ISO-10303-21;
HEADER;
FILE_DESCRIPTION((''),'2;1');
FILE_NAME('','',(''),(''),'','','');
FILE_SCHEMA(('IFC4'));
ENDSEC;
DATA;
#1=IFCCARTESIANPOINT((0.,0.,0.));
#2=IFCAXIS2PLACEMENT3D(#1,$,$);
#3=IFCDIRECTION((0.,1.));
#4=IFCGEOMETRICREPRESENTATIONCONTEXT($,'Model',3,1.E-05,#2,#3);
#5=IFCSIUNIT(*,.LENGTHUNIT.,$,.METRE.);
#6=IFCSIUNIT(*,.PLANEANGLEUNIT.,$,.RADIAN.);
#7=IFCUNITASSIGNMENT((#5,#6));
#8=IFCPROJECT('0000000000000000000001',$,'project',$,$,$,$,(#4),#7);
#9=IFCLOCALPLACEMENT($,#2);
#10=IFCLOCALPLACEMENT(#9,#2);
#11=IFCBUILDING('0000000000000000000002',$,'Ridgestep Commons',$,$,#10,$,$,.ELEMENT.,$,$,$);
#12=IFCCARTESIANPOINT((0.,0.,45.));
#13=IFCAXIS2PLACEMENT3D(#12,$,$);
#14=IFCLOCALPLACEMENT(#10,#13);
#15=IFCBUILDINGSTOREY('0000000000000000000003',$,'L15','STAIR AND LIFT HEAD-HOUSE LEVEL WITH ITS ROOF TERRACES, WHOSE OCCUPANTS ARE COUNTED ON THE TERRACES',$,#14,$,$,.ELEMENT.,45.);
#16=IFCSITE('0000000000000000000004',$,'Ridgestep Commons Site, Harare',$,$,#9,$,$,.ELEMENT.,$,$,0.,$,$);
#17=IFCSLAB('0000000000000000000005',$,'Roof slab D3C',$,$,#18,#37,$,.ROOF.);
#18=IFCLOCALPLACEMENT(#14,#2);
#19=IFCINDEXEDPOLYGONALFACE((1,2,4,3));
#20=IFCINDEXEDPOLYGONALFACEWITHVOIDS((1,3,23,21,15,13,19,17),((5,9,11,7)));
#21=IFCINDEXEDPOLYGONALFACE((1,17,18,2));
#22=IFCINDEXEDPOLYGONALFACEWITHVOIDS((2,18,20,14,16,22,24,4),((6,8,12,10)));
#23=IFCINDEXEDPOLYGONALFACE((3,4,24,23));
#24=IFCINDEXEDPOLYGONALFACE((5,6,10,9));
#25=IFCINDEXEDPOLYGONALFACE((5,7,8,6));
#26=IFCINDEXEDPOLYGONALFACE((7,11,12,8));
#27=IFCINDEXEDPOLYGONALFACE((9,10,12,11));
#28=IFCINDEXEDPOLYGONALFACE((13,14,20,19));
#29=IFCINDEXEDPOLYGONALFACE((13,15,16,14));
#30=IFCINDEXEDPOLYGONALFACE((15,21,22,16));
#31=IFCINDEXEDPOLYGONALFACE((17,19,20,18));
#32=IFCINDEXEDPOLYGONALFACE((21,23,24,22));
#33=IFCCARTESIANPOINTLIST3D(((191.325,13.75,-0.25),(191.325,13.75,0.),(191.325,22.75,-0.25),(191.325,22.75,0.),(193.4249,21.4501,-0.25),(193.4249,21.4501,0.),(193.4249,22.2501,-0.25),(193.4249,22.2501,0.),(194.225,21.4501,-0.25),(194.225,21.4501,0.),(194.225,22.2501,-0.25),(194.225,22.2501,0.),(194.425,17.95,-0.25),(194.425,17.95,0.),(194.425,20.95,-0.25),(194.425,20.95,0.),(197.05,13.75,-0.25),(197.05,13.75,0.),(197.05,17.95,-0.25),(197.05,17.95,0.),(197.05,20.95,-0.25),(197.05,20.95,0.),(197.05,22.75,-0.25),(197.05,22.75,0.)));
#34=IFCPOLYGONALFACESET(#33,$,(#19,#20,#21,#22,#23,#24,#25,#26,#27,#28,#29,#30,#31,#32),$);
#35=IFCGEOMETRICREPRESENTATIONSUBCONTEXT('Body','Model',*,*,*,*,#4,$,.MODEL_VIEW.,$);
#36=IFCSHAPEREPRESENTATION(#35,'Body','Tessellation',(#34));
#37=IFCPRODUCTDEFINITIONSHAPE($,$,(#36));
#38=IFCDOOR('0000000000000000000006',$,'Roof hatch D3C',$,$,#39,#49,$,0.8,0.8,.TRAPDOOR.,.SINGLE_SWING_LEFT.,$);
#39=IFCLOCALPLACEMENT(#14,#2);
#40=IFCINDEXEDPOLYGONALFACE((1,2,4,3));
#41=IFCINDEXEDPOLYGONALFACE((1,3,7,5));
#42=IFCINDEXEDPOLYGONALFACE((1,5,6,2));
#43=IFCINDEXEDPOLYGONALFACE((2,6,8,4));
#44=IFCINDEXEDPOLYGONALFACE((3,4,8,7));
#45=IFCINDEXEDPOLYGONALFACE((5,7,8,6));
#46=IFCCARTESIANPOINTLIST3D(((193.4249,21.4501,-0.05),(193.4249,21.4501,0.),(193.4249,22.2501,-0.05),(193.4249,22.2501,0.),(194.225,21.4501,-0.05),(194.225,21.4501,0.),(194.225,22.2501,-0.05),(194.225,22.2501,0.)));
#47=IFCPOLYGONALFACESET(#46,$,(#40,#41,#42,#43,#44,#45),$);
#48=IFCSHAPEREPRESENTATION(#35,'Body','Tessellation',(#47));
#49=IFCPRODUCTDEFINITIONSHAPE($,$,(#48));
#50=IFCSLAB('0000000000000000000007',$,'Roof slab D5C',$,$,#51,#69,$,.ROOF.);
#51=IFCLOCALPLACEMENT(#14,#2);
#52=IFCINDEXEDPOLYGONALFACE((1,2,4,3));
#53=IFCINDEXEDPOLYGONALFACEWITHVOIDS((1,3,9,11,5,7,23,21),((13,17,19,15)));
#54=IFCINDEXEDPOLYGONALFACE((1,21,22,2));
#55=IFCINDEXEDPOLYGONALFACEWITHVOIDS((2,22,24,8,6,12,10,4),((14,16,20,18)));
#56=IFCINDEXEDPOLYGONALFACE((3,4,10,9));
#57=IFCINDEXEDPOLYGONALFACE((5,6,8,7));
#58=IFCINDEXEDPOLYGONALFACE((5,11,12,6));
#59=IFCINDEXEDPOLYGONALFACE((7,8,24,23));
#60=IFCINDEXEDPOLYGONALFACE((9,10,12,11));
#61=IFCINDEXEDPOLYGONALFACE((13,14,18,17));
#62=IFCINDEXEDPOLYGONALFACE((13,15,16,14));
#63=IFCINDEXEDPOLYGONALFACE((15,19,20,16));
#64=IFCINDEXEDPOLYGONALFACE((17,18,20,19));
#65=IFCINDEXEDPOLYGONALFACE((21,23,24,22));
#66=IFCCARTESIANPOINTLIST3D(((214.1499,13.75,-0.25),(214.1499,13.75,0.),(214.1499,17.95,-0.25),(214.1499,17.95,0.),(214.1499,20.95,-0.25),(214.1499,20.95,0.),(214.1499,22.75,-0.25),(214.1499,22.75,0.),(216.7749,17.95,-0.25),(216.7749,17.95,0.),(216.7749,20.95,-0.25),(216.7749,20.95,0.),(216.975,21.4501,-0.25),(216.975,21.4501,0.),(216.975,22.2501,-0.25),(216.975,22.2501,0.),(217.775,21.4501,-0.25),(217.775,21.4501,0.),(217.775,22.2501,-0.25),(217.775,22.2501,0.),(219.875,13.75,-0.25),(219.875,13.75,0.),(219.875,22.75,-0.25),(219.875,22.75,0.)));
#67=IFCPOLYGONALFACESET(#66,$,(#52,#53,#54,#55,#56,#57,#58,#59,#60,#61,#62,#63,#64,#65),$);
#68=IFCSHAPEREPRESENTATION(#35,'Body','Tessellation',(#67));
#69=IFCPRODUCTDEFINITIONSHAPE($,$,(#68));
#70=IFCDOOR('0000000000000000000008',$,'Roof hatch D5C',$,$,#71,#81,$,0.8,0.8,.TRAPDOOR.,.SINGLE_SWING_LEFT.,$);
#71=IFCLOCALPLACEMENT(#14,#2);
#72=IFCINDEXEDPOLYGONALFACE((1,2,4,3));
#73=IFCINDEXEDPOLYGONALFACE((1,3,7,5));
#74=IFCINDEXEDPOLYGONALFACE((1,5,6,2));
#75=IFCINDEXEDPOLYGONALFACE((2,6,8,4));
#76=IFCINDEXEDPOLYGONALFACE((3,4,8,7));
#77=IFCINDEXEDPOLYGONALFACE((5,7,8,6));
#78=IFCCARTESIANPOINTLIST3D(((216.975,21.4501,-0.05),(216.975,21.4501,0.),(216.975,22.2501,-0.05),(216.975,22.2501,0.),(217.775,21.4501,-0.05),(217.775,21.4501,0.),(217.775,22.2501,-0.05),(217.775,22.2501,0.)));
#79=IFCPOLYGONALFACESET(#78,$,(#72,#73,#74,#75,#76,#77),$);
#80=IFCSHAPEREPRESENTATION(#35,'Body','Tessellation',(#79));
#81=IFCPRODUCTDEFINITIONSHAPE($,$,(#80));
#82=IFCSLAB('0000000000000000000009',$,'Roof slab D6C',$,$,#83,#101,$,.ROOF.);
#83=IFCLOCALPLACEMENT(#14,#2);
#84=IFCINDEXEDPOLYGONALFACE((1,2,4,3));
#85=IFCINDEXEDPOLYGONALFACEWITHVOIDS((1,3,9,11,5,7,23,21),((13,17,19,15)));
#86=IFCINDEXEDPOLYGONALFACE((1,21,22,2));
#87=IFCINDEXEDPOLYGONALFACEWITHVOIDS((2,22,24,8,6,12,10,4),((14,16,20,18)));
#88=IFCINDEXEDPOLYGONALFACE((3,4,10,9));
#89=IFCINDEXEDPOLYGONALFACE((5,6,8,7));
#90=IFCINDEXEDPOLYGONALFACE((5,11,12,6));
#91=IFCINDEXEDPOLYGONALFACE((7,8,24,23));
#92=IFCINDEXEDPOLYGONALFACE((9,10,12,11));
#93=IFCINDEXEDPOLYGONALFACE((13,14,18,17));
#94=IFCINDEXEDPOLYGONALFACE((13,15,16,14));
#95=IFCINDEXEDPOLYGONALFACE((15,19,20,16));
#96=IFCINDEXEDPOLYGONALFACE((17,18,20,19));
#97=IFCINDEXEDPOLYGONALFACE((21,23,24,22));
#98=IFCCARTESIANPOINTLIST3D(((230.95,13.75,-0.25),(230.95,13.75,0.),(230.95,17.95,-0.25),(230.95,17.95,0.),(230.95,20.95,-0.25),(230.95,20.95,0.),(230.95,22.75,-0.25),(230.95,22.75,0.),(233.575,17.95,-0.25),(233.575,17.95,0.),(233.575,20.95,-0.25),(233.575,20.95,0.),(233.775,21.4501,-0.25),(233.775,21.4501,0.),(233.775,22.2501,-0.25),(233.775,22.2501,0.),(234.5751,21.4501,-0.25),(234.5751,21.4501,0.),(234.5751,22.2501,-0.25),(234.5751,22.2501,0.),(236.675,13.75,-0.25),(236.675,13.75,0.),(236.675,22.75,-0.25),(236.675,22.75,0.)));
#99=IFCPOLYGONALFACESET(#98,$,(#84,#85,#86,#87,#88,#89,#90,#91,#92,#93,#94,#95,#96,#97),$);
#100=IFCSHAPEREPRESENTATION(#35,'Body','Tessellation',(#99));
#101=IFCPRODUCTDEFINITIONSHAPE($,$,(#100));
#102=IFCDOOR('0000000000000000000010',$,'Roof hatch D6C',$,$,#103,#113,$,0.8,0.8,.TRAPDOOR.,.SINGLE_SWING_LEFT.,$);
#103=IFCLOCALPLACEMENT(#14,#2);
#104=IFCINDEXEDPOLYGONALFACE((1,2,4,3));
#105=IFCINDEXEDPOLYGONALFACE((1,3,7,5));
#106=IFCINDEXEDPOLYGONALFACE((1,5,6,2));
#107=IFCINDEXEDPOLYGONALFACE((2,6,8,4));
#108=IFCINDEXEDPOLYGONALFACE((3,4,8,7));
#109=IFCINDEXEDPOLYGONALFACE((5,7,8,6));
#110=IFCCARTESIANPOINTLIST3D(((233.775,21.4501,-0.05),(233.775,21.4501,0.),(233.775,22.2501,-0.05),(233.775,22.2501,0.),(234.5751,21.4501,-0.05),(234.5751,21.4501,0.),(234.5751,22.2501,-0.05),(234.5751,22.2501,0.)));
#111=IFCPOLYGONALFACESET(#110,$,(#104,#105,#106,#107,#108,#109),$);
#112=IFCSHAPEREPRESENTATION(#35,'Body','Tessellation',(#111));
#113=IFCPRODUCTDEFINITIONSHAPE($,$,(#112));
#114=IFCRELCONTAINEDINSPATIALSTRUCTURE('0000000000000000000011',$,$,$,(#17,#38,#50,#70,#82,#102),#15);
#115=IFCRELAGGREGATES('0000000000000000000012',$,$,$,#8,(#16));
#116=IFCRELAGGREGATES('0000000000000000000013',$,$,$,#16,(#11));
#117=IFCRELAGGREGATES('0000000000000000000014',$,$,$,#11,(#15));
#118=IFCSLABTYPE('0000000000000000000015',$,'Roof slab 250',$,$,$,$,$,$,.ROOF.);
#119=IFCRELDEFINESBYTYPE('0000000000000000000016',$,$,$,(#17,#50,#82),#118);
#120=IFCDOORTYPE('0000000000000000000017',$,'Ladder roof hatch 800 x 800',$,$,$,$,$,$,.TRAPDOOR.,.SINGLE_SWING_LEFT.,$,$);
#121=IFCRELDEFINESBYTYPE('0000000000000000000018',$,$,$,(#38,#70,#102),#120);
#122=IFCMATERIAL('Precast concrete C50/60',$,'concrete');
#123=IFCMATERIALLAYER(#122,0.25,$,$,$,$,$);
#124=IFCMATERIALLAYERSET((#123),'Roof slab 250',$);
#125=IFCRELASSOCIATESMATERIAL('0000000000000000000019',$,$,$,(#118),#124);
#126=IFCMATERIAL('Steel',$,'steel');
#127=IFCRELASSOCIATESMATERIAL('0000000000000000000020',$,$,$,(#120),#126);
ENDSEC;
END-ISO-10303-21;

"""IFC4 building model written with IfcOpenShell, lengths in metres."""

from ifc_helpers import new_model, si_unit, direction, frame, origin, origin_2d, place, context, subcontext, project, spatial, polyline, rectangle, outline, extrude, material, layer, layer_set, type_object, element, fill, save


model = new_model("IFC4")

# Units and contexts
model_context = context("Model", 3, precision=1e-05, world=origin(), true_north=direction((0.0, 1.0)))
body_context = subcontext(model_context, "Body", "Model", "MODEL_VIEW")
ifc_project = project(units=[si_unit("LENGTHUNIT", "METRE"), si_unit("PLANEANGLEUNIT", "RADIAN")], contexts=[model_context])

# Site, building, storey
site_placement = place(None, origin())
site = spatial("IfcSite", under=ifc_project, at=site_placement, Name="Ridgestep Commons Site, Harare", CompositionType="ELEMENT", RefElevation=0.0)
building_placement = place(site_placement, origin())
building = spatial("IfcBuilding", under=site, at=building_placement, Name="Ridgestep Commons", CompositionType="ELEMENT")
storey_placement = place(building_placement, frame((0.0, 0.0, 45.0)))
storey = spatial("IfcBuildingStorey", under=building, at=storey_placement, Name="L15", Description="STAIR AND LIFT HEAD-HOUSE LEVEL WITH ITS ROOF TERRACES, WHOSE OCCUPANTS ARE COUNTED ON THE TERRACES", CompositionType="ELEMENT", Elevation=45.0)

# Shared definitions
ifc_material_1 = material(Name="Precast concrete C50/60", Category="concrete")
ifc_layer_1 = layer(ifc_material_1, 0.25)
ifc_layer_set_1 = layer_set([ifc_layer_1], Name="Roof slab 250")
slab_type_1 = type_object("IfcSlabType", Name="Roof slab 250", PredefinedType="ROOF", material=ifc_layer_set_1)
ifc_material_2 = material(Name="Steel", Category="steel")
door_type = type_object("IfcDoorType", Name="Ladder roof hatch 800 x 800", OperationType="SINGLE_SWING_LEFT", PredefinedType="TRAPDOOR", material=ifc_material_2)

# Slabs, openings, doors
slab_1_placement = place(storey_placement, frame((0.0, 0.0, -0.25)))
slab_1 = element("IfcSlab", 1, at=slab_1_placement, inside=storey, type_object=slab_type_1, Name="Roof slab D3C", PredefinedType="ROOF", context=body_context, shape_type="SweptSolid", body=[
    extrude(outline(polyline([(197.05, 13.75), (197.05, 17.95), (194.425, 17.95), (194.425, 20.95), (197.05, 20.95), (197.05, 22.75), (191.325, 22.75), (191.325, 13.75), (197.05, 13.75)])), origin(), (0.0, 0.0, 1.0), 0.25),
])
opening_1_placement = place(slab_1_placement, frame((193.825, 21.8501, 0.0)))
opening_1 = element("IfcOpeningElement", 2, at=opening_1_placement, cuts=slab_1, PredefinedType="OPENING", context=body_context, shape_type="SweptSolid", body=[
    extrude(rectangle(XDim=0.8, YDim=0.8, at=origin_2d()), origin(), (0.0, 0.0, 1.0), 0.25),
])
door_1_placement = place(opening_1_placement, frame((0.0, 0.0, 0.2)))
door_1 = element("IfcDoor", 3, at=door_1_placement, inside=storey, type_object=door_type, Name="Roof hatch D3C", OperationType="SINGLE_SWING_LEFT", OverallHeight=0.8, OverallWidth=0.8, PredefinedType="TRAPDOOR", context=body_context, shape_type="SweptSolid", body=[
    extrude(rectangle(XDim=0.8, YDim=0.8, at=origin_2d()), origin(), (0.0, 0.0, 1.0), 0.05),
])
fill(opening_1, door_1)
slab_2_placement = place(storey_placement, frame((0.0, 0.0, -0.25)))
slab_2 = element("IfcSlab", 4, at=slab_2_placement, inside=storey, type_object=slab_type_1, Name="Roof slab D5C", PredefinedType="ROOF", context=body_context, shape_type="SweptSolid", body=[
    extrude(outline(polyline([(214.1499, 22.75), (214.1499, 20.95), (216.7749, 20.95), (216.7749, 17.95), (214.1499, 17.95), (214.1499, 13.75), (219.875, 13.75), (219.875, 22.75), (214.1499, 22.75)])), origin(), (0.0, 0.0, 1.0), 0.25),
])
opening_2_placement = place(slab_2_placement, frame((217.375, 21.8501, 0.0)))
opening_2 = element("IfcOpeningElement", 5, at=opening_2_placement, cuts=slab_2, PredefinedType="OPENING", context=body_context, shape_type="SweptSolid", body=[
    extrude(rectangle(XDim=0.8, YDim=0.8, at=origin_2d()), origin(), (0.0, 0.0, 1.0), 0.25),
])
door_2_placement = place(opening_2_placement, frame((0.0, 0.0, 0.2)))
door_2 = element("IfcDoor", 6, at=door_2_placement, inside=storey, type_object=door_type, Name="Roof hatch D5C", OperationType="SINGLE_SWING_LEFT", OverallHeight=0.8, OverallWidth=0.8, PredefinedType="TRAPDOOR", context=body_context, shape_type="SweptSolid", body=[
    extrude(rectangle(XDim=0.8, YDim=0.8, at=origin_2d()), origin(), (0.0, 0.0, 1.0), 0.05),
])
fill(opening_2, door_2)
slab_3_placement = place(storey_placement, frame((0.0, 0.0, -0.25)))
slab_3 = element("IfcSlab", 7, at=slab_3_placement, inside=storey, type_object=slab_type_1, Name="Roof slab D6C", PredefinedType="ROOF", context=body_context, shape_type="SweptSolid", body=[
    extrude(outline(polyline([(230.95, 22.75), (230.95, 20.95), (233.575, 20.95), (233.575, 17.95), (230.95, 17.95), (230.95, 13.75), (236.675, 13.75), (236.675, 22.75), (230.95, 22.75)])), origin(), (0.0, 0.0, 1.0), 0.25),
])
opening_3_placement = place(slab_3_placement, frame((234.175, 21.8501, 0.0)))
opening_3 = element("IfcOpeningElement", 8, at=opening_3_placement, cuts=slab_3, PredefinedType="OPENING", context=body_context, shape_type="SweptSolid", body=[
    extrude(rectangle(XDim=0.8, YDim=0.8, at=origin_2d()), origin(), (0.0, 0.0, 1.0), 0.25),
])
door_3_placement = place(opening_3_placement, frame((0.0, 0.0, 0.2)))
door_3 = element("IfcDoor", 9, at=door_3_placement, inside=storey, type_object=door_type, Name="Roof hatch D6C", OperationType="SINGLE_SWING_LEFT", OverallHeight=0.8, OverallWidth=0.8, PredefinedType="TRAPDOOR", context=body_context, shape_type="SweptSolid", body=[
    extrude(rectangle(XDim=0.8, YDim=0.8, at=origin_2d()), origin(), (0.0, 0.0, 1.0), 0.05),
])
fill(opening_3, door_3)

save(model, "model.ifc")
